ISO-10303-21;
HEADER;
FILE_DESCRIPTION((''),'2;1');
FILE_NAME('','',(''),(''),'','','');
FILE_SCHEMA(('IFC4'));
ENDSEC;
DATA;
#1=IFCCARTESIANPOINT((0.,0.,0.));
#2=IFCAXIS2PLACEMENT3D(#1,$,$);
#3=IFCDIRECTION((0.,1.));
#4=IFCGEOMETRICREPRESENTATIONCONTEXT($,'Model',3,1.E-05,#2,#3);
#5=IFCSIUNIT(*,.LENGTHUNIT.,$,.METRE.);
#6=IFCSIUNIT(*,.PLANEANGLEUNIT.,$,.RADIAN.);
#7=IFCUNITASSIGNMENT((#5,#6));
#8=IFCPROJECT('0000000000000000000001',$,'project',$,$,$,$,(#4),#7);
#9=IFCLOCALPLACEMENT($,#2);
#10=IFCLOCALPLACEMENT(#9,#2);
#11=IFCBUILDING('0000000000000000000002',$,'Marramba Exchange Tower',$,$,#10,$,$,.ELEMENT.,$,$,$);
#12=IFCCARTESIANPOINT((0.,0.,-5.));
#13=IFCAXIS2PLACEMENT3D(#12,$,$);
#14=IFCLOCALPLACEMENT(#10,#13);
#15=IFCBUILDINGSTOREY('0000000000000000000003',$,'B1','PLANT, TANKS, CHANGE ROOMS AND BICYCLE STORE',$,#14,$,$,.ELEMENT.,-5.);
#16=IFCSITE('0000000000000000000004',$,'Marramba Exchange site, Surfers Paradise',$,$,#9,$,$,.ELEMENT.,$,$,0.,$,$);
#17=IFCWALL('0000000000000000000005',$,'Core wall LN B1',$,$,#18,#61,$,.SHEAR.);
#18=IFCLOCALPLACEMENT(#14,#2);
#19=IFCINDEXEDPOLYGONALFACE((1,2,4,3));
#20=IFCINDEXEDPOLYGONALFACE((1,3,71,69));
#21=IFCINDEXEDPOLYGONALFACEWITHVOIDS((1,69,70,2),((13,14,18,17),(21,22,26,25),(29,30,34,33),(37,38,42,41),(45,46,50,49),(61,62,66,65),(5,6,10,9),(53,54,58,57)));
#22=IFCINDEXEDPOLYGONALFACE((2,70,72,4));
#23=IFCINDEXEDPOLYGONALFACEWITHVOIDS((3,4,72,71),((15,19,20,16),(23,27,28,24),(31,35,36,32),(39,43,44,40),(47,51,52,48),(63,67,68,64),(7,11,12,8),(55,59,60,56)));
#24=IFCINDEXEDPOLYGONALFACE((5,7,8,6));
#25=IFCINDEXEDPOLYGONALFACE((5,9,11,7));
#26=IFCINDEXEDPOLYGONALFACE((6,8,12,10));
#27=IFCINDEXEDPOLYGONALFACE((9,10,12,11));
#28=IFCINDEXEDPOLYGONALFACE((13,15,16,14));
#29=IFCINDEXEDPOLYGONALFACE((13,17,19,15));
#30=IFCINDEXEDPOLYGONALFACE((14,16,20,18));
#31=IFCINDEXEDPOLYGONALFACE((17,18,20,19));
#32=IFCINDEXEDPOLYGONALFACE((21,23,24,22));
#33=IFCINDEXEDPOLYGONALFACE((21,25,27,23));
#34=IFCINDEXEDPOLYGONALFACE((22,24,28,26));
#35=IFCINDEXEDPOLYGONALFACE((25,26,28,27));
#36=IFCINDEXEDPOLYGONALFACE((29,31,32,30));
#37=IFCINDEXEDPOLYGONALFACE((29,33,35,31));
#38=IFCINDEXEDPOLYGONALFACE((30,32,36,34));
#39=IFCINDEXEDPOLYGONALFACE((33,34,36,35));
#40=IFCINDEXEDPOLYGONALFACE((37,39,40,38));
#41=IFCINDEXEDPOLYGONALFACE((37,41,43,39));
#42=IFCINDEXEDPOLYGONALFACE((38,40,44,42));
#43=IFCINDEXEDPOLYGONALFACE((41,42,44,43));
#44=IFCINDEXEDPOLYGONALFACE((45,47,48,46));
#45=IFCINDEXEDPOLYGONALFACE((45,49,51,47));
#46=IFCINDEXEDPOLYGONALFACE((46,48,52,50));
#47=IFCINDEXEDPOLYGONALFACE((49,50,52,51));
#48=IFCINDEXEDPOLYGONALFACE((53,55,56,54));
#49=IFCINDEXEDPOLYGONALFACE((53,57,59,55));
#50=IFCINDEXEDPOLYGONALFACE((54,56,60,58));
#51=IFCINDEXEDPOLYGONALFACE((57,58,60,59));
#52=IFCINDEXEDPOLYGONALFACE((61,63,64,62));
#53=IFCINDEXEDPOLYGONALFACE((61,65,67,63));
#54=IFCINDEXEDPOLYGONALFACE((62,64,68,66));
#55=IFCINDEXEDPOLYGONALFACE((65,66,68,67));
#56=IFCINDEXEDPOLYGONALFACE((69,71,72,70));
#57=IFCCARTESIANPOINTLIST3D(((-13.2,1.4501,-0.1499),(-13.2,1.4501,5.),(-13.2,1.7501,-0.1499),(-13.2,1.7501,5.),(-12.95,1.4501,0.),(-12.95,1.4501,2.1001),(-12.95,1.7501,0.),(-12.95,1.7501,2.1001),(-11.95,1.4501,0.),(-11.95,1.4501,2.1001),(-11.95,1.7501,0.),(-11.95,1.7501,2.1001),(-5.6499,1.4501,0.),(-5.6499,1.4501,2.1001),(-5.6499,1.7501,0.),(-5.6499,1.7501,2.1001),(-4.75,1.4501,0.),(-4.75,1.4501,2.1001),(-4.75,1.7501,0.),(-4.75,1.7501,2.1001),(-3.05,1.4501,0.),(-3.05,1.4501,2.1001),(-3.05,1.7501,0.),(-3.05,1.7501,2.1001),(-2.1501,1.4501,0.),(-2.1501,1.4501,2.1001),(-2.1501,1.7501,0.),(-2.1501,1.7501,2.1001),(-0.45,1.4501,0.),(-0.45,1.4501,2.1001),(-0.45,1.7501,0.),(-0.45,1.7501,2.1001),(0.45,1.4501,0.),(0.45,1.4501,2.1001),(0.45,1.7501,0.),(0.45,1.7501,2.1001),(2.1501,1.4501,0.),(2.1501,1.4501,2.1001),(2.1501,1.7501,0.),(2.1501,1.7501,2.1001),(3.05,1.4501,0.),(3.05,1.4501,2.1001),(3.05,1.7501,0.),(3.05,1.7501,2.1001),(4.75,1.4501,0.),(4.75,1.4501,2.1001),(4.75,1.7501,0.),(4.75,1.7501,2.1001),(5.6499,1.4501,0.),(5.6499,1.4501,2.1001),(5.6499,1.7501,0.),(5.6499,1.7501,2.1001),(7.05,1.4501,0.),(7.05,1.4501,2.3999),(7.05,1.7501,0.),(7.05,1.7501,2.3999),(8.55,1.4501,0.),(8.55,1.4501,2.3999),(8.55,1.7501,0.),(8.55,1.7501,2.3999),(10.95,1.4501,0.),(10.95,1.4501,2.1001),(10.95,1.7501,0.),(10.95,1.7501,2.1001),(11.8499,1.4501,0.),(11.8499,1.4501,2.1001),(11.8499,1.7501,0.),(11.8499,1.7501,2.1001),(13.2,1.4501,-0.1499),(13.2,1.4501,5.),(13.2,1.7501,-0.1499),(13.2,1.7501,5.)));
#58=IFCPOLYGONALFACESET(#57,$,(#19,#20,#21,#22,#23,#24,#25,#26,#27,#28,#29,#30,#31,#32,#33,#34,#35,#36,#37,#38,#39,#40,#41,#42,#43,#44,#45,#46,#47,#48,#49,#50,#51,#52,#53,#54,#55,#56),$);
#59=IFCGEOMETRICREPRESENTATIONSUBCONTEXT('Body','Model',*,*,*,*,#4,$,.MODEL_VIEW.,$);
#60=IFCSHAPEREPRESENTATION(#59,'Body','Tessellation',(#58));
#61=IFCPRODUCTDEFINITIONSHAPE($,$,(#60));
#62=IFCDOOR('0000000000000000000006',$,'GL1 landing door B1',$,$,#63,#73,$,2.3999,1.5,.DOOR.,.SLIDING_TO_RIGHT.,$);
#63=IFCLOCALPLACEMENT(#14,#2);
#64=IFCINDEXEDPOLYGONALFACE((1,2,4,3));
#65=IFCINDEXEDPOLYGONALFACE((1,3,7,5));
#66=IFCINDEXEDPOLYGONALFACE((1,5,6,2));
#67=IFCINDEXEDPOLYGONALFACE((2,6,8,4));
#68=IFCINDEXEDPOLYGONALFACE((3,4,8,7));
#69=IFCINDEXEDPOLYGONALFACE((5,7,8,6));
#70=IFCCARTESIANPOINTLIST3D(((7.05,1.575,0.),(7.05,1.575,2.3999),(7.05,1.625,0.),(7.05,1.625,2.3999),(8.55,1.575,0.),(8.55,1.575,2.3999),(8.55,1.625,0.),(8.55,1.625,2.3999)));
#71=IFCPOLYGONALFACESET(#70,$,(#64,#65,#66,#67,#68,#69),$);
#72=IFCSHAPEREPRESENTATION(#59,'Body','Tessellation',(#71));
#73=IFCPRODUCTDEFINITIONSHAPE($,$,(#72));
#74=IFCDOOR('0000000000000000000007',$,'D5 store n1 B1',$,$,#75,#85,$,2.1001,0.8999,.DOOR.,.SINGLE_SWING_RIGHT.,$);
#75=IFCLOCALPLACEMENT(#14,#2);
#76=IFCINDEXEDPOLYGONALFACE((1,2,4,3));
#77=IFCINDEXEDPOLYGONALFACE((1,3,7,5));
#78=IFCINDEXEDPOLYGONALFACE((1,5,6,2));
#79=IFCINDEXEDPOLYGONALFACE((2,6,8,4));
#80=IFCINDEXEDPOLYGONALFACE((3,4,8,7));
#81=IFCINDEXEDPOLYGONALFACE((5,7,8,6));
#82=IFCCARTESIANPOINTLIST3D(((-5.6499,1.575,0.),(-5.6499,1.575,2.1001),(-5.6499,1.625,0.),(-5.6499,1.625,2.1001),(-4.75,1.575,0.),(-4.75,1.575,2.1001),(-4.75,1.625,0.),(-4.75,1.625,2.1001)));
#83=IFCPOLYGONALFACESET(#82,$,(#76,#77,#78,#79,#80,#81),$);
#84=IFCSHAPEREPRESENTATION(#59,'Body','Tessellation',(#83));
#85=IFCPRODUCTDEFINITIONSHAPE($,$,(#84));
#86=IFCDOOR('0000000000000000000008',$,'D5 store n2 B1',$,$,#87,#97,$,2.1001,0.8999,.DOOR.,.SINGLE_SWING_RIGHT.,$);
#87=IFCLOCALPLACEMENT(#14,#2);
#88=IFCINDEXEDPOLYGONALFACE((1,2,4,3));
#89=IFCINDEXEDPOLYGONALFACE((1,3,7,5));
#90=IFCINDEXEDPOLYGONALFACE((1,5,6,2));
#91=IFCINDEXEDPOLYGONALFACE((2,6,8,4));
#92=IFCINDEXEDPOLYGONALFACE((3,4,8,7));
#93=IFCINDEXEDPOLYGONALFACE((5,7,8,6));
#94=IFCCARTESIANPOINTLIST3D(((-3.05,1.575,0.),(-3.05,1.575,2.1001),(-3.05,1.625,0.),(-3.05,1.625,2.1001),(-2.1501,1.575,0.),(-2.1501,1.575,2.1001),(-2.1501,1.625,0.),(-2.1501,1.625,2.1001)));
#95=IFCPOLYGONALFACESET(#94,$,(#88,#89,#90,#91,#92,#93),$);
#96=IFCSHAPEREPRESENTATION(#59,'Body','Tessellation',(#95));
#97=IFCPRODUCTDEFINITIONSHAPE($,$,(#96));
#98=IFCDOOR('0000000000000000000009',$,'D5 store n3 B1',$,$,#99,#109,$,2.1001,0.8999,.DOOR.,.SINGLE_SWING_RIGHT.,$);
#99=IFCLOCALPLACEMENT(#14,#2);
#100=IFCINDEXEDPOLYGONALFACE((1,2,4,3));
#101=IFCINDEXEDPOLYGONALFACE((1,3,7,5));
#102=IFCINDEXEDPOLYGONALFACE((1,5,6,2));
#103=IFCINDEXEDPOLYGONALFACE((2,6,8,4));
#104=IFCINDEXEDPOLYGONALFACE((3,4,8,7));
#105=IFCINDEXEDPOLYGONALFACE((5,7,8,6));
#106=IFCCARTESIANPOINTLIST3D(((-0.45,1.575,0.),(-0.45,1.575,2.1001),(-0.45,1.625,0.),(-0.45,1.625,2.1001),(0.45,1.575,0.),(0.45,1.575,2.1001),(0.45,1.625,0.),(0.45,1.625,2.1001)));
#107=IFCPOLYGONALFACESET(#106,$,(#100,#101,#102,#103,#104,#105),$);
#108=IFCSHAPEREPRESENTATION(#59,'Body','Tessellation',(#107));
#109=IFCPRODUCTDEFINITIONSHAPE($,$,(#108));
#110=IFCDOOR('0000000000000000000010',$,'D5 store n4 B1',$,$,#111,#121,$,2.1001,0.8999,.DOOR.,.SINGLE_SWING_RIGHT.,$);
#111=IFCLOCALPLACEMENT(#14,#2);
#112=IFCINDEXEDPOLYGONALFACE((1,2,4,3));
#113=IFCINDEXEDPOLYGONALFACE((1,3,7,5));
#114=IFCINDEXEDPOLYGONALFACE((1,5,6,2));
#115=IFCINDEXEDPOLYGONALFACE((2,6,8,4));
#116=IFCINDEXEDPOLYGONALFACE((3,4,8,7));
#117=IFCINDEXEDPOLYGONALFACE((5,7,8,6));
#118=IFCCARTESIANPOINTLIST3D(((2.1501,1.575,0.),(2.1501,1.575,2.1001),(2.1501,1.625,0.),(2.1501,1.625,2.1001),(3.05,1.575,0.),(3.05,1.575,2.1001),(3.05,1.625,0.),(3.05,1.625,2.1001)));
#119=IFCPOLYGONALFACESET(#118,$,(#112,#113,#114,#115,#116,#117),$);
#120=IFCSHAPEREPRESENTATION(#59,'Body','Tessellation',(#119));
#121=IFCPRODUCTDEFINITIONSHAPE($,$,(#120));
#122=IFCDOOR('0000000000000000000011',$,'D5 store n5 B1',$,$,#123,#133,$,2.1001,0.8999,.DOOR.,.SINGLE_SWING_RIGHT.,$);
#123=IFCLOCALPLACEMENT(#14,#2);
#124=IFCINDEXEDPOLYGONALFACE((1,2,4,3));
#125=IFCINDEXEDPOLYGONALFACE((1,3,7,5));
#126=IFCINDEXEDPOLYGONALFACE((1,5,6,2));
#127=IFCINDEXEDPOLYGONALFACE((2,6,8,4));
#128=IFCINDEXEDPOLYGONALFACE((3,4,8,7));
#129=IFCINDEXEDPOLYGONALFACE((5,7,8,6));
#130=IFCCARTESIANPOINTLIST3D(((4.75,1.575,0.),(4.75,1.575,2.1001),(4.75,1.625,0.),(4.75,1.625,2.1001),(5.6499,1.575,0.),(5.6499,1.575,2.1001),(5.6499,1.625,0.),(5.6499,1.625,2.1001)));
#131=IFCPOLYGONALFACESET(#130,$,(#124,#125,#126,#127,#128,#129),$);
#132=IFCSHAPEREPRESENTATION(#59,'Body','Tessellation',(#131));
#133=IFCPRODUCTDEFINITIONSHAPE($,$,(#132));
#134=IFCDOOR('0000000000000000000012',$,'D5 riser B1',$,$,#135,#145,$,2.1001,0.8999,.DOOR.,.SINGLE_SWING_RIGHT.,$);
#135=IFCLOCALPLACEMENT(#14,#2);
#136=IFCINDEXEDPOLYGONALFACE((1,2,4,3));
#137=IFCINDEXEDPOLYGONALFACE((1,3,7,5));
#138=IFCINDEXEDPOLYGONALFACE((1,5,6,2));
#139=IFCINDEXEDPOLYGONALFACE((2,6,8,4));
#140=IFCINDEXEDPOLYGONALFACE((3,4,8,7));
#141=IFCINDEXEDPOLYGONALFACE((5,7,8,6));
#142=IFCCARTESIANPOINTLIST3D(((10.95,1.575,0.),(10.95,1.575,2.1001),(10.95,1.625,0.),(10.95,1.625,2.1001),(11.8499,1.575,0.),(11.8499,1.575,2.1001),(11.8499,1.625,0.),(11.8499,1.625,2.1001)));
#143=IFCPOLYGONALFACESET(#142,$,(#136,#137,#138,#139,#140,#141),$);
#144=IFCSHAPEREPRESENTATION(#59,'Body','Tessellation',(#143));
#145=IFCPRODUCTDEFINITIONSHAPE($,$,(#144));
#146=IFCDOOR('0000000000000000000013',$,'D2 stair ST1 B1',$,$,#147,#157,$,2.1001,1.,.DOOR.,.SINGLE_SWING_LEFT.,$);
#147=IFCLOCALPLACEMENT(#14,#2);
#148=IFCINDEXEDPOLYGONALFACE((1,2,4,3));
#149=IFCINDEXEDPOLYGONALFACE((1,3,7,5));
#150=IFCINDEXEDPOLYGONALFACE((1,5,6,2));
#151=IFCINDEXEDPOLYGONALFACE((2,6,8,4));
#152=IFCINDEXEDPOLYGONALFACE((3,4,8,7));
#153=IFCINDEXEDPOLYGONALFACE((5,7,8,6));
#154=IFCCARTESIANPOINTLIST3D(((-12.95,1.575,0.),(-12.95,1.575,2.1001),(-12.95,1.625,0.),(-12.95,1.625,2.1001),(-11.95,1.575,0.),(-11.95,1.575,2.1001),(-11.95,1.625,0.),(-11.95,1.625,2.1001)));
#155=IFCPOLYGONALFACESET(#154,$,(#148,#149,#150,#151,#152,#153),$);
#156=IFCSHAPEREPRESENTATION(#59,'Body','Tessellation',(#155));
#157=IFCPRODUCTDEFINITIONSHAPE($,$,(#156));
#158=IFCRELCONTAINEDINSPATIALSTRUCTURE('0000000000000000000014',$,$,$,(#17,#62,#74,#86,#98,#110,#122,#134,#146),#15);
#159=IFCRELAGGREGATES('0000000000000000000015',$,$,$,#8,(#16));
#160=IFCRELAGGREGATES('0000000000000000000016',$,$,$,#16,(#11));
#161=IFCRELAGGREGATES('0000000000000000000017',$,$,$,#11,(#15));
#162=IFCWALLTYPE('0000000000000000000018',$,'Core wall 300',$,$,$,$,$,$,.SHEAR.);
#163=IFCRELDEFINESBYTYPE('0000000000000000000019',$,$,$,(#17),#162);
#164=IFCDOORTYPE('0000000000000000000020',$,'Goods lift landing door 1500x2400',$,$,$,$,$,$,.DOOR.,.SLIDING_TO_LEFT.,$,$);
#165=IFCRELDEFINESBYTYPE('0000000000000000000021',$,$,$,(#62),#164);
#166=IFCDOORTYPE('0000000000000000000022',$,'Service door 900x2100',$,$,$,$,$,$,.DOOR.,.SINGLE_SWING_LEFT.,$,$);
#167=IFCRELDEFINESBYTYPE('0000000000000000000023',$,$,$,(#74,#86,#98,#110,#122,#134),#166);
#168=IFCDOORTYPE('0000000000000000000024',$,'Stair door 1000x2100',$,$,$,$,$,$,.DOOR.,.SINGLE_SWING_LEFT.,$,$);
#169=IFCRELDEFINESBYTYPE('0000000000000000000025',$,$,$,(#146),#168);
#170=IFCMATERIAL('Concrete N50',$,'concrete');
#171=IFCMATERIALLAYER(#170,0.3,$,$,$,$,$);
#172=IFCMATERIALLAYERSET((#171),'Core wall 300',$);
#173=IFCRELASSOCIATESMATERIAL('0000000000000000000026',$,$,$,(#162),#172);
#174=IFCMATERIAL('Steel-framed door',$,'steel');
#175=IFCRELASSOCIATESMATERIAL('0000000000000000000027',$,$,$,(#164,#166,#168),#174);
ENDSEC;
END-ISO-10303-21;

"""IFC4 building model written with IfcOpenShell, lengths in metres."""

from ifc_helpers import new_model, si_unit, direction, frame, frame_2d, origin, place, context, subcontext, project, spatial, rectangle, extrude, material, layer, layer_set, type_object, element, fill, save


model = new_model("IFC4")

# Units and contexts
model_context = context("Model", 3, precision=1e-05, world=origin(), true_north=direction((0.0, 1.0)))
body_context = subcontext(model_context, "Body", "Model", "MODEL_VIEW")
ifc_project = project(units=[si_unit("LENGTHUNIT", "METRE"), si_unit("PLANEANGLEUNIT", "RADIAN")], contexts=[model_context])

# Site, building, storey
site_placement = place(None, origin())
site = spatial("IfcSite", under=ifc_project, at=site_placement, Name="Marramba Exchange site, Surfers Paradise", CompositionType="ELEMENT", RefElevation=0.0)
building_placement = place(site_placement, origin())
building = spatial("IfcBuilding", under=site, at=building_placement, Name="Marramba Exchange Tower", CompositionType="ELEMENT")
storey_placement = place(building_placement, frame((0.0, 0.0, -5.0)))
storey = spatial("IfcBuildingStorey", under=building, at=storey_placement, Name="B1", Description="PLANT, TANKS, CHANGE ROOMS AND BICYCLE STORE", CompositionType="ELEMENT", Elevation=-5.0)

# Shared definitions
ifc_material_1 = material(Name="Concrete N50", Category="concrete")

# Shared definitions
ifc_material_2 = material(Name="Steel-framed door", Category="steel")

# Wall, openings, doors
ifc_layer_1 = layer(ifc_material_1, 0.3)
ifc_layer_set_1 = layer_set([ifc_layer_1], Name="Core wall 300")
wall_type_1 = type_object("IfcWallType", Name="Core wall 300", PredefinedType="SHEAR", material=ifc_layer_set_1)
wall_1_placement = place(storey_placement, frame((-13.2, 1.6001, -0.1499), z_axis=(0.0, 0.0, 1.0), x_axis=(1.0, 0.0, 0.0)))
wall_1 = element("IfcWall", 1, at=wall_1_placement, inside=storey, type_object=wall_type_1, Name="Core wall LN B1", PredefinedType="SHEAR", context=body_context, shape_type="SweptSolid", body=[
    extrude(rectangle(XDim=26.3999, YDim=0.3, at=frame_2d((13.2, 0.0))), origin(), (0.0, 0.0, 1.0), 5.1499),
])
opening_1_placement = place(wall_1_placement, frame((0.25, 0.0, 0.1499)))
opening_1 = element("IfcOpeningElement", 2, at=opening_1_placement, cuts=wall_1, PredefinedType="OPENING", context=body_context, shape_type="SweptSolid", body=[
    extrude(rectangle(XDim=1.0, YDim=2.1001, at=frame_2d((0.5, 1.05))), frame((0.0, 0.1599, 0.0), z_axis=(0.0, -1.0, 0.0), x_axis=(1.0, 0.0, 0.0)), (0.0, 0.0, 1.0), 0.3201),
])
opening_2_placement = place(wall_1_placement, frame((20.25, 0.0, 0.1499)))
opening_2 = element("IfcOpeningElement", 3, at=opening_2_placement, cuts=wall_1, PredefinedType="OPENING", context=body_context, shape_type="SweptSolid", body=[
    extrude(rectangle(XDim=1.5, YDim=2.3999, at=frame_2d((0.75, 1.2))), frame((0.0, 0.1599, 0.0), z_axis=(0.0, -1.0, 0.0), x_axis=(1.0, 0.0, 0.0)), (0.0, 0.0, 1.0), 0.3201),
])
opening_3_placement = place(wall_1_placement, frame((7.55, 0.0, 0.1499)))
opening_3 = element("IfcOpeningElement", 4, at=opening_3_placement, cuts=wall_1, PredefinedType="OPENING", context=body_context, shape_type="SweptSolid", body=[
    extrude(rectangle(XDim=0.8999, YDim=2.1001, at=frame_2d((0.45, 1.05))), frame((0.0, 0.1599, 0.0), z_axis=(0.0, -1.0, 0.0), x_axis=(1.0, 0.0, 0.0)), (0.0, 0.0, 1.0), 0.3201),
])
opening_4_placement = place(wall_1_placement, frame((10.1499, 0.0, 0.1499)))
opening_4 = element("IfcOpeningElement", 5, at=opening_4_placement, cuts=wall_1, PredefinedType="OPENING", context=body_context, shape_type="SweptSolid", body=[
    extrude(rectangle(XDim=0.8999, YDim=2.1001, at=frame_2d((0.45, 1.05))), frame((0.0, 0.1599, 0.0), z_axis=(0.0, -1.0, 0.0), x_axis=(1.0, 0.0, 0.0)), (0.0, 0.0, 1.0), 0.3201),
])
opening_5_placement = place(wall_1_placement, frame((12.75, 0.0, 0.1499)))
opening_5 = element("IfcOpeningElement", 6, at=opening_5_placement, cuts=wall_1, PredefinedType="OPENING", context=body_context, shape_type="SweptSolid", body=[
    extrude(rectangle(XDim=0.8999, YDim=2.1001, at=frame_2d((0.45, 1.05))), frame((0.0, 0.1599, 0.0), z_axis=(0.0, -1.0, 0.0), x_axis=(1.0, 0.0, 0.0)), (0.0, 0.0, 1.0), 0.3201),
])
opening_6_placement = place(wall_1_placement, frame((15.3501, 0.0, 0.1499)))
opening_6 = element("IfcOpeningElement", 7, at=opening_6_placement, cuts=wall_1, PredefinedType="OPENING", context=body_context, shape_type="SweptSolid", body=[
    extrude(rectangle(XDim=0.8999, YDim=2.1001, at=frame_2d((0.45, 1.05))), frame((0.0, 0.1599, 0.0), z_axis=(0.0, -1.0, 0.0), x_axis=(1.0, 0.0, 0.0)), (0.0, 0.0, 1.0), 0.3201),
])
opening_7_placement = place(wall_1_placement, frame((17.95, 0.0, 0.1499)))
opening_7 = element("IfcOpeningElement", 8, at=opening_7_placement, cuts=wall_1, PredefinedType="OPENING", context=body_context, shape_type="SweptSolid", body=[
    extrude(rectangle(XDim=0.8999, YDim=2.1001, at=frame_2d((0.45, 1.05))), frame((0.0, 0.1599, 0.0), z_axis=(0.0, -1.0, 0.0), x_axis=(1.0, 0.0, 0.0)), (0.0, 0.0, 1.0), 0.3201),
])
opening_8_placement = place(wall_1_placement, frame((24.1499, 0.0, 0.1499)))
opening_8 = element("IfcOpeningElement", 9, at=opening_8_placement, cuts=wall_1, PredefinedType="OPENING", context=body_context, shape_type="SweptSolid", body=[
    extrude(rectangle(XDim=0.8999, YDim=2.1001, at=frame_2d((0.45, 1.05))), frame((0.0, 0.1599, 0.0), z_axis=(0.0, -1.0, 0.0), x_axis=(1.0, 0.0, 0.0)), (0.0, 0.0, 1.0), 0.3201),
])
door_type_1 = type_object("IfcDoorType", Name="Goods lift landing door 1500x2400", OperationType="SLIDING_TO_LEFT", PredefinedType="DOOR", material=ifc_material_2)
door_1_placement = place(opening_2_placement, origin())
door_1 = element("IfcDoor", 10, at=door_1_placement, inside=storey, type_object=door_type_1, Name="GL1 landing door B1", OperationType="SLIDING_TO_RIGHT", OverallHeight=2.3999, OverallWidth=1.5, PredefinedType="DOOR", context=body_context, shape_type="SweptSolid", body=[
    extrude(rectangle(XDim=1.5, YDim=2.3999, at=frame_2d((0.75, 1.2))), frame((0.0, 0.0249, 0.0), z_axis=(0.0, -1.0, 0.0), x_axis=(1.0, 0.0, 0.0)), (0.0, 0.0, 1.0), 0.05),
])
fill(opening_2, door_1)
door_type_2 = type_object("IfcDoorType", Name="Service door 900x2100", OperationType="SINGLE_SWING_LEFT", PredefinedType="DOOR", material=ifc_material_2)
door_2_placement = place(opening_3_placement, origin())
door_2 = element("IfcDoor", 11, at=door_2_placement, inside=storey, type_object=door_type_2, Name="D5 store n1 B1", OperationType="SINGLE_SWING_RIGHT", OverallHeight=2.1001, OverallWidth=0.8999, PredefinedType="DOOR", context=body_context, shape_type="SweptSolid", body=[
    extrude(rectangle(XDim=0.8999, YDim=2.1001, at=frame_2d((0.45, 1.05))), frame((0.0, 0.0249, 0.0), z_axis=(0.0, -1.0, 0.0), x_axis=(1.0, 0.0, 0.0)), (0.0, 0.0, 1.0), 0.05),
])
fill(opening_3, door_2)
door_3_placement = place(opening_4_placement, origin())
door_3 = element("IfcDoor", 12, at=door_3_placement, inside=storey, type_object=door_type_2, Name="D5 store n2 B1", OperationType="SINGLE_SWING_RIGHT", OverallHeight=2.1001, OverallWidth=0.8999, PredefinedType="DOOR", context=body_context, shape_type="SweptSolid", body=[
    extrude(rectangle(XDim=0.8999, YDim=2.1001, at=frame_2d((0.45, 1.05))), frame((0.0, 0.0249, 0.0), z_axis=(0.0, -1.0, 0.0), x_axis=(1.0, 0.0, 0.0)), (0.0, 0.0, 1.0), 0.05),
])
fill(opening_4, door_3)
door_4_placement = place(opening_5_placement, origin())
door_4 = element("IfcDoor", 13, at=door_4_placement, inside=storey, type_object=door_type_2, Name="D5 store n3 B1", OperationType="SINGLE_SWING_RIGHT", OverallHeight=2.1001, OverallWidth=0.8999, PredefinedType="DOOR", context=body_context, shape_type="SweptSolid", body=[
    extrude(rectangle(XDim=0.8999, YDim=2.1001, at=frame_2d((0.45, 1.05))), frame((0.0, 0.0249, 0.0), z_axis=(0.0, -1.0, 0.0), x_axis=(1.0, 0.0, 0.0)), (0.0, 0.0, 1.0), 0.05),
])
fill(opening_5, door_4)
door_5_placement = place(opening_6_placement, origin())
door_5 = element("IfcDoor", 14, at=door_5_placement, inside=storey, type_object=door_type_2, Name="D5 store n4 B1", OperationType="SINGLE_SWING_RIGHT", OverallHeight=2.1001, OverallWidth=0.8999, PredefinedType="DOOR", context=body_context, shape_type="SweptSolid", body=[
    extrude(rectangle(XDim=0.8999, YDim=2.1001, at=frame_2d((0.45, 1.05))), frame((0.0, 0.0249, 0.0), z_axis=(0.0, -1.0, 0.0), x_axis=(1.0, 0.0, 0.0)), (0.0, 0.0, 1.0), 0.05),
])
fill(opening_6, door_5)
door_6_placement = place(opening_7_placement, origin())
door_6 = element("IfcDoor", 15, at=door_6_placement, inside=storey, type_object=door_type_2, Name="D5 store n5 B1", OperationType="SINGLE_SWING_RIGHT", OverallHeight=2.1001, OverallWidth=0.8999, PredefinedType="DOOR", context=body_context, shape_type="SweptSolid", body=[
    extrude(rectangle(XDim=0.8999, YDim=2.1001, at=frame_2d((0.45, 1.05))), frame((0.0, 0.0249, 0.0), z_axis=(0.0, -1.0, 0.0), x_axis=(1.0, 0.0, 0.0)), (0.0, 0.0, 1.0), 0.05),
])
fill(opening_7, door_6)
door_7_placement = place(opening_8_placement, origin())
door_7 = element("IfcDoor", 16, at=door_7_placement, inside=storey, type_object=door_type_2, Name="D5 riser B1", OperationType="SINGLE_SWING_RIGHT", OverallHeight=2.1001, OverallWidth=0.8999, PredefinedType="DOOR", context=body_context, shape_type="SweptSolid", body=[
    extrude(rectangle(XDim=0.8999, YDim=2.1001, at=frame_2d((0.45, 1.05))), frame((0.0, 0.0249, 0.0), z_axis=(0.0, -1.0, 0.0), x_axis=(1.0, 0.0, 0.0)), (0.0, 0.0, 1.0), 0.05),
])
fill(opening_8, door_7)
door_type_3 = type_object("IfcDoorType", Name="Stair door 1000x2100", OperationType="SINGLE_SWING_LEFT", PredefinedType="DOOR", material=ifc_material_2)
door_8_placement = place(opening_1_placement, origin())
door_8 = element("IfcDoor", 17, at=door_8_placement, inside=storey, type_object=door_type_3, Name="D2 stair ST1 B1", OperationType="SINGLE_SWING_LEFT", OverallHeight=2.1001, OverallWidth=1.0, PredefinedType="DOOR", context=body_context, shape_type="SweptSolid", body=[
    extrude(rectangle(XDim=1.0, YDim=2.1001, at=frame_2d((0.5, 1.05))), frame((0.0, 0.0249, 0.0), z_axis=(0.0, -1.0, 0.0), x_axis=(1.0, 0.0, 0.0)), (0.0, 0.0, 1.0), 0.05),
])
fill(opening_1, door_8)

save(model, "model.ifc")
